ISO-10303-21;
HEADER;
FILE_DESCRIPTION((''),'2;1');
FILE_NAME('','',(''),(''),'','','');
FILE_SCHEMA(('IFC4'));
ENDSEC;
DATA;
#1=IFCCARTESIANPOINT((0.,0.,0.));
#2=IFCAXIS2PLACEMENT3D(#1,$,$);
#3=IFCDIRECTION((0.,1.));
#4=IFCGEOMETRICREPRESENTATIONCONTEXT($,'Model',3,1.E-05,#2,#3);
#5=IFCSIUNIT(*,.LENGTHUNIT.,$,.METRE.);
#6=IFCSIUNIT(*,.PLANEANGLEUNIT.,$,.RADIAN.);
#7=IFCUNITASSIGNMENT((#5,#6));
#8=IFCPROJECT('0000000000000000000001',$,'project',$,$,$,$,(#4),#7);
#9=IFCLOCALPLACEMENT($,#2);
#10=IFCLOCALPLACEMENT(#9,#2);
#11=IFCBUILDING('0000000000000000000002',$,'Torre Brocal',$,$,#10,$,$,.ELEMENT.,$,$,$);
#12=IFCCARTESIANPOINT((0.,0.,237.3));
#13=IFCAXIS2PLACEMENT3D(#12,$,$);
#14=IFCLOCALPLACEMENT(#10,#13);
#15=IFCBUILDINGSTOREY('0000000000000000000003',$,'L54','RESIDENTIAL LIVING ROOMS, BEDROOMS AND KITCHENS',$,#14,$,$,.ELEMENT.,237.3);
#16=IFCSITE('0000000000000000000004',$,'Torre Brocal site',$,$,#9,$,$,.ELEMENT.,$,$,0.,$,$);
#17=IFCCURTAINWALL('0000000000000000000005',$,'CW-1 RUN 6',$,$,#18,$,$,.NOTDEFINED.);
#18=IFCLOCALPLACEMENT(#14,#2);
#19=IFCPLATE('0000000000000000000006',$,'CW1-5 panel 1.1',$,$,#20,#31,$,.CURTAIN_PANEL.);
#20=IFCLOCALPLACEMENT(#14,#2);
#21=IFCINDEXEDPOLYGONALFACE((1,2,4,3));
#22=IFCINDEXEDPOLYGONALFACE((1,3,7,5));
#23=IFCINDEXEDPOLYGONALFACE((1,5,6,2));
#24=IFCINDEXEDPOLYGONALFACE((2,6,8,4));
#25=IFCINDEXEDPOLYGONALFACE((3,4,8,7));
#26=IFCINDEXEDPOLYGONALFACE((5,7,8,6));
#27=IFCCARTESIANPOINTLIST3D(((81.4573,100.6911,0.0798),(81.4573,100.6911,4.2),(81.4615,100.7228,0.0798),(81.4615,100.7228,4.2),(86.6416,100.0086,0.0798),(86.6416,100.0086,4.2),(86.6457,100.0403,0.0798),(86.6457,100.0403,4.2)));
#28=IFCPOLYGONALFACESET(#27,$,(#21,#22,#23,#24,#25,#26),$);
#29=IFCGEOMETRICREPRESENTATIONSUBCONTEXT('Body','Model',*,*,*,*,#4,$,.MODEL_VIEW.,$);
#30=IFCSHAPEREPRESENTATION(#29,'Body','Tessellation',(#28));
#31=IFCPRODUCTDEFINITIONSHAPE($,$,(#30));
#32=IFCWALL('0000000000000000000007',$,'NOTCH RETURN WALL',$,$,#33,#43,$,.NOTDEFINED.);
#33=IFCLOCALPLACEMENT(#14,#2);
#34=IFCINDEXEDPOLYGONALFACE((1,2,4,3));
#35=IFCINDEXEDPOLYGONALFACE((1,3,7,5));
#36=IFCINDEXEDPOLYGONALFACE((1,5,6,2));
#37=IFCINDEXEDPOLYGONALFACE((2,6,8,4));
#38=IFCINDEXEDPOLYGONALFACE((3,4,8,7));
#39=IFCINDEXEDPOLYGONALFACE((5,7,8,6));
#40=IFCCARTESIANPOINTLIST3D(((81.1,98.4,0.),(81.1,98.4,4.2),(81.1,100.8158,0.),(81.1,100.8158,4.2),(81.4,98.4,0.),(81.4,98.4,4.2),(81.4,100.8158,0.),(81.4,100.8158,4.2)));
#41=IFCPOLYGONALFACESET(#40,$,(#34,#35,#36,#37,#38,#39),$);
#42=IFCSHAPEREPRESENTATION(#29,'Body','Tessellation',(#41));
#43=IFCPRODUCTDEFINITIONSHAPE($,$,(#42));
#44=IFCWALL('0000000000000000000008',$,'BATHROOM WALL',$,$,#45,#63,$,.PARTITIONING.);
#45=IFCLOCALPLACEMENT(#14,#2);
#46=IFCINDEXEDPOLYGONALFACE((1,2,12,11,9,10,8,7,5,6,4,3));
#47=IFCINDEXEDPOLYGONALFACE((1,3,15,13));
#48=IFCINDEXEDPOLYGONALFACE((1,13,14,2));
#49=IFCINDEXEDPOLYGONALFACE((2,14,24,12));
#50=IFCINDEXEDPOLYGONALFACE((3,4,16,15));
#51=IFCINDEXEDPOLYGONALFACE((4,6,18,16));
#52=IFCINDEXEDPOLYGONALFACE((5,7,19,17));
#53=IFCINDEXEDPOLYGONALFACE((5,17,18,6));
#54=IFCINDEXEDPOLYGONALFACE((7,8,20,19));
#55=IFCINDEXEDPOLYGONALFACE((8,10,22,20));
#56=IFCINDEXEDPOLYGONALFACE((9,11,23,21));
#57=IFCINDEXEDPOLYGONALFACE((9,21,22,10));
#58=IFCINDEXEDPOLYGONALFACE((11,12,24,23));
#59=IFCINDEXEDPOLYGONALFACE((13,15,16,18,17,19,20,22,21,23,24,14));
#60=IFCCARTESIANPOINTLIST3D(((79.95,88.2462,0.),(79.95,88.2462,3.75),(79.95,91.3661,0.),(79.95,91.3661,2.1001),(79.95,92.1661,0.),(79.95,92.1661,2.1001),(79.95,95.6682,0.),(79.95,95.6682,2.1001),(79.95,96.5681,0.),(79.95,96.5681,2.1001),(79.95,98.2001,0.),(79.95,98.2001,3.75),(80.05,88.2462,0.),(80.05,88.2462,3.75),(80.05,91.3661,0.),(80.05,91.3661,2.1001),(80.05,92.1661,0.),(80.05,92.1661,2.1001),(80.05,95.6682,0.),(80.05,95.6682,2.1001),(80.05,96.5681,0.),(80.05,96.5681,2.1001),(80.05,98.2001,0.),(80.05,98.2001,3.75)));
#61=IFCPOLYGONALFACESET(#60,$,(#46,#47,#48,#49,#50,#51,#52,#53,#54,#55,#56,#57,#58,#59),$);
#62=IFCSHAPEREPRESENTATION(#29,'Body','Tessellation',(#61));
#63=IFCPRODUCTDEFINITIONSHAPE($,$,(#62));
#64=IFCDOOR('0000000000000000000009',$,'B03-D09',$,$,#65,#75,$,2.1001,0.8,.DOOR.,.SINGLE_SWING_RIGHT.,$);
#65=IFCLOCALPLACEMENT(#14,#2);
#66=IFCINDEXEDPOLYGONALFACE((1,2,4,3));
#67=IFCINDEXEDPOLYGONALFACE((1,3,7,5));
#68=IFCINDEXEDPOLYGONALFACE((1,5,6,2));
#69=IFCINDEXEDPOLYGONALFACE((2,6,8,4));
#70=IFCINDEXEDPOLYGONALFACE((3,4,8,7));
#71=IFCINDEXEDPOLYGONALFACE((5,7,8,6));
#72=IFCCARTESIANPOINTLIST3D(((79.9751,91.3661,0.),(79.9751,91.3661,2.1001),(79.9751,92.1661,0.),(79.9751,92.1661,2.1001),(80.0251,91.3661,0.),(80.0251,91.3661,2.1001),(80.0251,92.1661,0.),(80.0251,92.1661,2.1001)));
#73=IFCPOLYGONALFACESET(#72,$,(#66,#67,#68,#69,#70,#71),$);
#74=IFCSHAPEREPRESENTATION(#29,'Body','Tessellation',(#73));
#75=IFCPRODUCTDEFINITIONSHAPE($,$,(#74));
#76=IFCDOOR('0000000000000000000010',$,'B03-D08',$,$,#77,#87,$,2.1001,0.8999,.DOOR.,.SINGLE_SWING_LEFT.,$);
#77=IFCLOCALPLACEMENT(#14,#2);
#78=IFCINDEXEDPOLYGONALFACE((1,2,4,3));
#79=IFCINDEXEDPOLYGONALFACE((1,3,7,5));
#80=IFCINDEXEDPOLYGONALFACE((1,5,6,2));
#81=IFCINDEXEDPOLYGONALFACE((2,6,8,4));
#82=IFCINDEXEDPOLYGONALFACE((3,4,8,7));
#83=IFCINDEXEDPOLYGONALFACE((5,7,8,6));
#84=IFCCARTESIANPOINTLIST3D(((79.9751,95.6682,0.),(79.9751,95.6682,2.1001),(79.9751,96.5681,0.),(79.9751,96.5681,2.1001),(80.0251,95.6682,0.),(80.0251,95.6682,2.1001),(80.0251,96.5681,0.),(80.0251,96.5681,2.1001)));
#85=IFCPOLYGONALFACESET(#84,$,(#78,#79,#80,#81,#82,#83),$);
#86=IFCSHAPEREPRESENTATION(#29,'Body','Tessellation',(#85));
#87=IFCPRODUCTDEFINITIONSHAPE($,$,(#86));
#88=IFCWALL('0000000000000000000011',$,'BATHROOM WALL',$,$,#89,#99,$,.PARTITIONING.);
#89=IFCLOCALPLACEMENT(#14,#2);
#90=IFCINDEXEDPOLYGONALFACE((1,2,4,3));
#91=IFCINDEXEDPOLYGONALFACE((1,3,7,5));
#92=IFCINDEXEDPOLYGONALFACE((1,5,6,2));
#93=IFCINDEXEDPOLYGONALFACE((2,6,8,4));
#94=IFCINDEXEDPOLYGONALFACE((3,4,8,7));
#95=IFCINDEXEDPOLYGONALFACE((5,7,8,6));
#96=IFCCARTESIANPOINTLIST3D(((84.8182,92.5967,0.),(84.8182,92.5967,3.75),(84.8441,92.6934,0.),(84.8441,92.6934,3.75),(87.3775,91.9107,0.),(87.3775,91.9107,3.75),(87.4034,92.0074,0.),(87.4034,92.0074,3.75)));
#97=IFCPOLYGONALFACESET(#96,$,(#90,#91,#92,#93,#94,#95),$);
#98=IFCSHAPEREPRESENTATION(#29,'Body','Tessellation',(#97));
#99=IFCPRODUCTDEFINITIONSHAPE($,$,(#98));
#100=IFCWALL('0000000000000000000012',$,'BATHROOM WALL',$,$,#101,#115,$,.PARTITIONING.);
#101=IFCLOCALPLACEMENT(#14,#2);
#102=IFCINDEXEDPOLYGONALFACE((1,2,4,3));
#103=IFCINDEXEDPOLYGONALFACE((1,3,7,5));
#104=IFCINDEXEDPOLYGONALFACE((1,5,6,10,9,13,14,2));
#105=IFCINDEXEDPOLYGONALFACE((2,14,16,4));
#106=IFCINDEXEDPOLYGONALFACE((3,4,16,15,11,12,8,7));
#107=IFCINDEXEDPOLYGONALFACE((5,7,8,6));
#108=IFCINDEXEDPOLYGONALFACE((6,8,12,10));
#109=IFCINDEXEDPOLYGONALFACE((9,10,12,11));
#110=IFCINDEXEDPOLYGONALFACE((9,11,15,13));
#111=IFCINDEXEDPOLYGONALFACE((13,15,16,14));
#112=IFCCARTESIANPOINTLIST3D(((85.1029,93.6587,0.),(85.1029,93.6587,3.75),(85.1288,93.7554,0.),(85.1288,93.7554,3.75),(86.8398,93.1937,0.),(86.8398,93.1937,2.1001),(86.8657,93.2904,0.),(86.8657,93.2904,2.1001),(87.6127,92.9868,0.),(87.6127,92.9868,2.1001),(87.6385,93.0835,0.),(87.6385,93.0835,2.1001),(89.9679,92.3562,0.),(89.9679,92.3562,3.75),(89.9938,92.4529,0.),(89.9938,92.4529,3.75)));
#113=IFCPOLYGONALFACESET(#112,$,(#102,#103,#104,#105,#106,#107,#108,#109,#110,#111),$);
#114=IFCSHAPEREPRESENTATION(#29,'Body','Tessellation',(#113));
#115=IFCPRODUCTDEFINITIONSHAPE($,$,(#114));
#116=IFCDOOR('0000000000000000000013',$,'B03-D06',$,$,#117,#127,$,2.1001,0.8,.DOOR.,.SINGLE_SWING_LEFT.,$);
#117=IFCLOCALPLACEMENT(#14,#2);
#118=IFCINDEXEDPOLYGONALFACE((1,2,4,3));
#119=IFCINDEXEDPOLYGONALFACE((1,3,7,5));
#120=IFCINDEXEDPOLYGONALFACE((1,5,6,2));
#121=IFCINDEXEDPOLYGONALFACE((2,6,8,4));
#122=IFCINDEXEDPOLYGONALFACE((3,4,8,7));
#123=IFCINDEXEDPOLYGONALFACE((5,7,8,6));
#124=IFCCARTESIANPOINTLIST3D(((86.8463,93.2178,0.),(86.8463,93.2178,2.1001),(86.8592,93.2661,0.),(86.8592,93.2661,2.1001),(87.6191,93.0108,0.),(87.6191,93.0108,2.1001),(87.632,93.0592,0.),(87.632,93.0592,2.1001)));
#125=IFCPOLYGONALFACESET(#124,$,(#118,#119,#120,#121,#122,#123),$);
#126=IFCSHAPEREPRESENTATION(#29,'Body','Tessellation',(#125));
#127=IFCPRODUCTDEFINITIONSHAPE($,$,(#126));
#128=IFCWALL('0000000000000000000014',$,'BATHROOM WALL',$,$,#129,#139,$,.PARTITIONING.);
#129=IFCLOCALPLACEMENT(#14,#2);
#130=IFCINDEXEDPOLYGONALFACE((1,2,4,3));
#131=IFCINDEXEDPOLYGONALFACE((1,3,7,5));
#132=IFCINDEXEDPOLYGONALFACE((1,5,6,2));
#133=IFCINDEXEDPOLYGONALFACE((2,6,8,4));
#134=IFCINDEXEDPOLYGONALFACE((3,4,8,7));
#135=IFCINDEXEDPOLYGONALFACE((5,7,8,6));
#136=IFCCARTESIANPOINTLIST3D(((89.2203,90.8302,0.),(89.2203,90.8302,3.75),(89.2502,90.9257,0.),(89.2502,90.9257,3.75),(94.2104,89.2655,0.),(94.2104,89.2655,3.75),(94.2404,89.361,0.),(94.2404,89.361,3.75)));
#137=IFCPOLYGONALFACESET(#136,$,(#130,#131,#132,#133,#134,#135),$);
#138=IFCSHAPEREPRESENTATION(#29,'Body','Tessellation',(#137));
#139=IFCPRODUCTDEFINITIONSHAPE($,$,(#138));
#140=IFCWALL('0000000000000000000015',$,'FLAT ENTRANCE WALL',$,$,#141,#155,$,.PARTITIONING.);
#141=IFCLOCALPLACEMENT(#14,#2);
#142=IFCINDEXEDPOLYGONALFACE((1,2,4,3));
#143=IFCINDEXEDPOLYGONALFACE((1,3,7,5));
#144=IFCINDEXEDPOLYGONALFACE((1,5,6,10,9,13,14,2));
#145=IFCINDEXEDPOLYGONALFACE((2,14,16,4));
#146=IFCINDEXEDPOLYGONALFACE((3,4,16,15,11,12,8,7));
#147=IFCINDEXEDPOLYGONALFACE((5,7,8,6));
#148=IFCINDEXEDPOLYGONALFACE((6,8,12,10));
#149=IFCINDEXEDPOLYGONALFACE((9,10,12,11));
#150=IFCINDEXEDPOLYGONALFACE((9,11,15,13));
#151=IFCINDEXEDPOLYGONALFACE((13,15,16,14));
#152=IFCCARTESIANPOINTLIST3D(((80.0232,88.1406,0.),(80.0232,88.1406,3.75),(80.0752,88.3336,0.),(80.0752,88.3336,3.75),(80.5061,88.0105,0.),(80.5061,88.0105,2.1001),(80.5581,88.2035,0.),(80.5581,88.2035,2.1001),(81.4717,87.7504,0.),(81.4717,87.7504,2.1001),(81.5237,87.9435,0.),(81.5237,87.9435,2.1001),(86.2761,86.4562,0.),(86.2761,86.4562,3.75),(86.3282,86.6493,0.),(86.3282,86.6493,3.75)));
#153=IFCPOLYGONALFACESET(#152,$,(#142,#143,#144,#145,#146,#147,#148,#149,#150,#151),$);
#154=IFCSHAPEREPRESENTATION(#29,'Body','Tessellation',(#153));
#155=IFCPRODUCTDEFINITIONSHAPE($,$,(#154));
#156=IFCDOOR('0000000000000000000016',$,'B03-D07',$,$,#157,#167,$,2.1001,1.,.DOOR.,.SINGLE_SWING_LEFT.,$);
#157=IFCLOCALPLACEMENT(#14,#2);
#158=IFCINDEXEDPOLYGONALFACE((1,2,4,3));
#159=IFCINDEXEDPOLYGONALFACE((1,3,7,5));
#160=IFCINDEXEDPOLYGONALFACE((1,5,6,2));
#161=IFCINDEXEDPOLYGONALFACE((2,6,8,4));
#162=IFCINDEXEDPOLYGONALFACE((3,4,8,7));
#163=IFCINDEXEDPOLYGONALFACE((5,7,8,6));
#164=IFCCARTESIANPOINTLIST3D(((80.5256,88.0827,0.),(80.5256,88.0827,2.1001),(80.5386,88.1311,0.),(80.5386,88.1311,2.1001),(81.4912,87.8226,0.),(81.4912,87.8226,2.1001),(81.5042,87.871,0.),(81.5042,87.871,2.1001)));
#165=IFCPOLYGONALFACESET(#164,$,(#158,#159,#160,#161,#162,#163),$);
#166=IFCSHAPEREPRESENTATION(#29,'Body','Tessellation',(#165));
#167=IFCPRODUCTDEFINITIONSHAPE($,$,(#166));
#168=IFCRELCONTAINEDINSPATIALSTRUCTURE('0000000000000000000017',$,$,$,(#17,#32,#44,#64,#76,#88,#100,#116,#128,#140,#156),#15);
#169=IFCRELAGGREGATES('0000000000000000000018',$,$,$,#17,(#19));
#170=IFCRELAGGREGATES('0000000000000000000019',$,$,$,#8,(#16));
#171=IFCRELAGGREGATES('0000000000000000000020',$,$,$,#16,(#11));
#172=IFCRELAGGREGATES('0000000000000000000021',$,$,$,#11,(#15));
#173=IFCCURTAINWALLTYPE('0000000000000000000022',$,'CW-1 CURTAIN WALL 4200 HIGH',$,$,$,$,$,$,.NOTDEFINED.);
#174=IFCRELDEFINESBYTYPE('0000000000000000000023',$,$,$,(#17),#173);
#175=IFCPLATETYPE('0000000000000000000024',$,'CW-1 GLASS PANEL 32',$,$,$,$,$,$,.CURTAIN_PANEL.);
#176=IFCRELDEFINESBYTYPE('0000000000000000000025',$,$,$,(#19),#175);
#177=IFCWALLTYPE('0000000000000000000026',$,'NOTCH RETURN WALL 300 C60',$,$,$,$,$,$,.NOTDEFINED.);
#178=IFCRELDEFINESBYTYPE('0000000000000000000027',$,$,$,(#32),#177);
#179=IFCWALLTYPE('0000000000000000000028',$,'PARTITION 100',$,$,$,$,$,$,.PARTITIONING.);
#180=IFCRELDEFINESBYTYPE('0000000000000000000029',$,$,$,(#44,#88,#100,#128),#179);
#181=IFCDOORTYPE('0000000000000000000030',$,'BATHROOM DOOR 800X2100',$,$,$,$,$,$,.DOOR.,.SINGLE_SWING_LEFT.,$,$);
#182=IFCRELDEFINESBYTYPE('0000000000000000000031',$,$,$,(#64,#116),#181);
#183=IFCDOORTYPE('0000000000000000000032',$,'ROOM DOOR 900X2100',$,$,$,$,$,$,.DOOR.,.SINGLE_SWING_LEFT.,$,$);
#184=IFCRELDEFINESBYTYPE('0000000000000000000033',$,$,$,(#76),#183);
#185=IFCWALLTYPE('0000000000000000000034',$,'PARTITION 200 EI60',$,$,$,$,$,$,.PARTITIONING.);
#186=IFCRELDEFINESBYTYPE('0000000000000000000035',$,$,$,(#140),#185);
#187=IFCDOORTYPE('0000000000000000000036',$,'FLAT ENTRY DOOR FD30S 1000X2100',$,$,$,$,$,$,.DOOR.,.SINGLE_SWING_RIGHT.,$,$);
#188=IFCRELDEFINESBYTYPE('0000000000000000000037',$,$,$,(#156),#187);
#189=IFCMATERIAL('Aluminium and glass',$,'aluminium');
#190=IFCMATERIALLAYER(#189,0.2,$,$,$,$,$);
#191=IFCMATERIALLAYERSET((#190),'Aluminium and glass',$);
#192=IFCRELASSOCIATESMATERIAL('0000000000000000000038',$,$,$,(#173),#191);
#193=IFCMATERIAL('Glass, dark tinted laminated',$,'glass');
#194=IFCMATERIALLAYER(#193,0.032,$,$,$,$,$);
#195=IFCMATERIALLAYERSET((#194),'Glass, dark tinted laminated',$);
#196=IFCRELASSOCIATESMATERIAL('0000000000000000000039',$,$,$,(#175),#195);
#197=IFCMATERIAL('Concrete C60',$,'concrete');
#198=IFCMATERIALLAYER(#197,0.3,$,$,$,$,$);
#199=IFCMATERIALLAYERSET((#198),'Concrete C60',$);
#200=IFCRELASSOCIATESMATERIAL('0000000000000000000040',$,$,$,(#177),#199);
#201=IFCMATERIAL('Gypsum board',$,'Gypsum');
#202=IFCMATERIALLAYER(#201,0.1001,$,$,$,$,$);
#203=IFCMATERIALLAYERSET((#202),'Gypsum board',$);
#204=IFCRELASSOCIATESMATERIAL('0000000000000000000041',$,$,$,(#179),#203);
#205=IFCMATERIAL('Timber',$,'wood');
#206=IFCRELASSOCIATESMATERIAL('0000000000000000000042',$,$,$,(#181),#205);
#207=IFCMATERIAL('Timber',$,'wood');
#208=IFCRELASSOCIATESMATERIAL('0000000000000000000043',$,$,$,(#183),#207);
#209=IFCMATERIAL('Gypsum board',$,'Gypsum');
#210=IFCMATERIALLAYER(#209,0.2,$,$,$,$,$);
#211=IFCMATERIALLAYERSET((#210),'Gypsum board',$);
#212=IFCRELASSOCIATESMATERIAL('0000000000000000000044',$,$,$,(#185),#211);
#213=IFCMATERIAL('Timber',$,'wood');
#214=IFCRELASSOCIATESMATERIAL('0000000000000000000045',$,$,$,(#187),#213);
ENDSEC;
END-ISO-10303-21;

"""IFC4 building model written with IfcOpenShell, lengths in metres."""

from ifc_helpers import new_model, si_unit, direction, frame, frame_2d, origin, origin_2d, place, context, subcontext, project, spatial, rectangle, extrude, material, layer, layer_set, type_object, element, fill, aggregate, save


model = new_model("IFC4")

# Units and contexts
model_context = context("Model", 3, precision=1e-05, world=origin(), true_north=direction((0.0, 1.0)))
body_context = subcontext(model_context, "Body", "Model", "MODEL_VIEW")
ifc_project = project(units=[si_unit("LENGTHUNIT", "METRE"), si_unit("PLANEANGLEUNIT", "RADIAN")], contexts=[model_context])

# Site, building, storey
site_placement = place(None, origin())
site = spatial("IfcSite", under=ifc_project, at=site_placement, Name="Torre Brocal site", CompositionType="ELEMENT", RefElevation=0.0)
building_placement = place(site_placement, origin())
building = spatial("IfcBuilding", under=site, at=building_placement, Name="Torre Brocal", CompositionType="ELEMENT")
storey_placement = place(building_placement, frame((0.0, 0.0, 237.3)))
storey = spatial("IfcBuildingStorey", under=building, at=storey_placement, Name="L54", Description="RESIDENTIAL LIVING ROOMS, BEDROOMS AND KITCHENS", CompositionType="ELEMENT", Elevation=237.3)

# Shared definitions
ifc_material_1 = material(Name="Aluminium and glass", Category="aluminium")
ifc_layer_1 = layer(ifc_material_1, 0.2)
ifc_layer_set_1 = layer_set([ifc_layer_1], Name="Aluminium and glass")
curtain_wall_type = type_object("IfcCurtainWallType", Name="CW-1 CURTAIN WALL 4200 HIGH", PredefinedType="NOTDEFINED", material=ifc_layer_set_1)

# Curtain wall
curtain_wall_1_placement = place(storey_placement, origin())
curtain_wall_1 = element("IfcCurtainWall", 1, at=curtain_wall_1_placement, inside=storey, type_object=curtain_wall_type, Name="CW-1 RUN 6", PredefinedType="NOTDEFINED")

# Plate
ifc_material_2 = material(Name="Glass, dark tinted laminated", Category="glass")
ifc_layer_2 = layer(ifc_material_2, 0.032)
ifc_layer_set_2 = layer_set([ifc_layer_2], Name="Glass, dark tinted laminated")
plate_type = type_object("IfcPlateType", Name="CW-1 GLASS PANEL 32", PredefinedType="CURTAIN_PANEL", material=ifc_layer_set_2)
plate_1_placement = place(storey_placement, frame((84.0515, 100.3657, 0.0798), z_axis=(0.0, 0.0, 1.0), x_axis=(-0.991445, 0.130526, 0.0)))
plate_1 = element("IfcPlate", 2, at=plate_1_placement, type_object=plate_type, Name="CW1-5 panel 1.1", PredefinedType="CURTAIN_PANEL", context=body_context, shape_type="SweptSolid", body=[
    extrude(rectangle(XDim=5.229, YDim=0.032, at=origin_2d()), origin(), (0.0, 0.0, 1.0), 4.1201),
])
aggregate(curtain_wall_1, [plate_1])

# Wall
ifc_material_3 = material(Name="Concrete C60", Category="concrete")
ifc_layer_3 = layer(ifc_material_3, 0.3)
ifc_layer_set_3 = layer_set([ifc_layer_3], Name="Concrete C60")
wall_type_1 = type_object("IfcWallType", Name="NOTCH RETURN WALL 300 C60", PredefinedType="NOTDEFINED", material=ifc_layer_set_3)
wall_1_placement = place(storey_placement, frame((81.25, 98.3999, 0.0), z_axis=(0.0, 0.0, 1.0), x_axis=(0.0, 1.0, 0.0)))
element("IfcWall", 3, at=wall_1_placement, inside=storey, type_object=wall_type_1, Name="NOTCH RETURN WALL", PredefinedType="NOTDEFINED", context=body_context, shape_type="SweptSolid", body=[
    extrude(rectangle(XDim=2.4158, YDim=0.3, at=frame_2d((1.208, 0.0))), origin(), (0.0, 0.0, 1.0), 4.2),
])

# Wall, openings, doors
ifc_material_4 = material(Name="Gypsum board", Category="Gypsum")
ifc_layer_4 = layer(ifc_material_4, 0.1001)
ifc_layer_set_4 = layer_set([ifc_layer_4], Name="Gypsum board")
wall_type_2 = type_object("IfcWallType", Name="PARTITION 100", PredefinedType="PARTITIONING", material=ifc_layer_set_4)
wall_2_placement = place(storey_placement, frame((80.0, 88.2461, 0.0), z_axis=(0.0, 0.0, 1.0), x_axis=(0.0, 1.0, 0.0)))
wall_2 = element("IfcWall", 4, at=wall_2_placement, inside=storey, type_object=wall_type_2, Name="BATHROOM WALL", PredefinedType="PARTITIONING", context=body_context, shape_type="SweptSolid", body=[
    extrude(rectangle(XDim=9.9539, YDim=0.1001, at=frame_2d((4.9771, 0.0))), origin(), (0.0, 0.0, 1.0), 3.75),
])
opening_1_placement = place(wall_2_placement, frame((7.4221, 0.0, 0.0)))
opening_1 = element("IfcOpeningElement", 5, at=opening_1_placement, cuts=wall_2, PredefinedType="OPENING", context=body_context, shape_type="SweptSolid", body=[
    extrude(rectangle(XDim=0.8999, YDim=2.1001, at=frame_2d((0.45, 1.05))), frame((0.0, 0.0601, 0.0), z_axis=(0.0, -1.0, 0.0), x_axis=(1.0, 0.0, 0.0)), (0.0, 0.0, 1.0), 0.1201),
])
opening_2_placement = place(wall_2_placement, frame((3.1201, 0.0, 0.0)))
opening_2 = element("IfcOpeningElement", 6, at=opening_2_placement, cuts=wall_2, PredefinedType="OPENING", context=body_context, shape_type="SweptSolid", body=[
    extrude(rectangle(XDim=0.8, YDim=2.1001, at=frame_2d((0.3999, 1.05))), frame((0.0, 0.0601, 0.0), z_axis=(0.0, -1.0, 0.0), x_axis=(1.0, 0.0, 0.0)), (0.0, 0.0, 1.0), 0.1201),
])
ifc_material_5 = material(Name="Timber", Category="wood")
door_type_1 = type_object("IfcDoorType", Name="BATHROOM DOOR 800X2100", OperationType="SINGLE_SWING_LEFT", PredefinedType="DOOR", material=ifc_material_5)
door_1_placement = place(opening_2_placement, origin())
door_1 = element("IfcDoor", 7, at=door_1_placement, inside=storey, type_object=door_type_1, Name="B03-D09", OperationType="SINGLE_SWING_RIGHT", OverallHeight=2.1001, OverallWidth=0.8, PredefinedType="DOOR", context=body_context, shape_type="SweptSolid", body=[
    extrude(rectangle(XDim=0.8, YDim=2.1001, at=frame_2d((0.3999, 1.05))), frame((0.0, 0.0249, 0.0), z_axis=(0.0, -1.0, 0.0), x_axis=(1.0, 0.0, 0.0)), (0.0, 0.0, 1.0), 0.05),
])
fill(opening_2, door_1)
ifc_material_6 = material(Name="Timber", Category="wood")
door_type_2 = type_object("IfcDoorType", Name="ROOM DOOR 900X2100", OperationType="SINGLE_SWING_LEFT", PredefinedType="DOOR", material=ifc_material_6)
door_2_placement = place(opening_1_placement, origin())
door_2 = element("IfcDoor", 8, at=door_2_placement, inside=storey, type_object=door_type_2, Name="B03-D08", OperationType="SINGLE_SWING_LEFT", OverallHeight=2.1001, OverallWidth=0.8999, PredefinedType="DOOR", context=body_context, shape_type="SweptSolid", body=[
    extrude(rectangle(XDim=0.8999, YDim=2.1001, at=frame_2d((0.45, 1.05))), frame((0.0, 0.0249, 0.0), z_axis=(0.0, -1.0, 0.0), x_axis=(1.0, 0.0, 0.0)), (0.0, 0.0, 1.0), 0.05),
])
fill(opening_1, door_2)

# Wall
wall_3_placement = place(storey_placement, frame((84.8313, 92.645, 0.0), z_axis=(0.0, 0.0, 1.0), x_axis=(0.965901, -0.258913, 0.0)))
element("IfcWall", 9, at=wall_3_placement, inside=storey, type_object=wall_type_2, Name="BATHROOM WALL", PredefinedType="PARTITIONING", context=body_context, shape_type="SweptSolid", body=[
    extrude(rectangle(XDim=2.6497, YDim=0.1001, at=frame_2d((1.3247, 0.0))), origin(), (0.0, 0.0, 1.0), 3.75),
])

# Wall, opening, door
wall_4_placement = place(storey_placement, frame((85.116, 93.707, 0.0), z_axis=(0.0, 0.0, 1.0), x_axis=(0.965979, -0.258619, 0.0)))
wall_4 = element("IfcWall", 10, at=wall_4_placement, inside=storey, type_object=wall_type_2, Name="BATHROOM WALL", PredefinedType="PARTITIONING", context=body_context, shape_type="SweptSolid", body=[
    extrude(rectangle(XDim=5.0364, YDim=0.1001, at=frame_2d((2.5181, 0.0))), origin(), (0.0, 0.0, 1.0), 3.75),
])
opening_3_placement = place(wall_4_placement, frame((1.7981, 0.0, 0.0)))
opening_3 = element("IfcOpeningElement", 11, at=opening_3_placement, cuts=wall_4, PredefinedType="OPENING", context=body_context, shape_type="SweptSolid", body=[
    extrude(rectangle(XDim=0.8, YDim=2.1001, at=frame_2d((0.3999, 1.05))), frame((0.0, 0.0601, 0.0), z_axis=(0.0, -1.0, 0.0), x_axis=(1.0, 0.0, 0.0)), (0.0, 0.0, 1.0), 0.1201),
])
door_3_placement = place(opening_3_placement, origin())
door_3 = element("IfcDoor", 12, at=door_3_placement, inside=storey, type_object=door_type_1, Name="B03-D06", OperationType="SINGLE_SWING_LEFT", OverallHeight=2.1001, OverallWidth=0.8, PredefinedType="DOOR", context=body_context, shape_type="SweptSolid", body=[
    extrude(rectangle(XDim=0.8, YDim=2.1001, at=frame_2d((0.3999, 1.05))), frame((0.0, 0.0249, 0.0), z_axis=(0.0, -1.0, 0.0), x_axis=(1.0, 0.0, 0.0)), (0.0, 0.0, 1.0), 0.05),
])
fill(opening_3, door_3)

# Wall
wall_5_placement = place(storey_placement, frame((89.2354, 90.8779, 0.0), z_axis=(0.0, 0.0, 1.0), x_axis=(0.954194, -0.299189, 0.0)))
element("IfcWall", 13, at=wall_5_placement, inside=storey, type_object=wall_type_2, Name="BATHROOM WALL", PredefinedType="PARTITIONING", context=body_context, shape_type="SweptSolid", body=[
    extrude(rectangle(XDim=5.2297, YDim=0.1001, at=frame_2d((2.6147, 0.0))), origin(), (0.0, 0.0, 1.0), 3.75),
])

# Wall, opening, door
ifc_material_7 = material(Name="Gypsum board", Category="Gypsum")
ifc_layer_5 = layer(ifc_material_7, 0.2)
ifc_layer_set_5 = layer_set([ifc_layer_5], Name="Gypsum board")
wall_type_3 = type_object("IfcWallType", Name="PARTITION 200 EI60", PredefinedType="PARTITIONING", material=ifc_layer_set_5)
wall_6_placement = place(storey_placement, frame((80.0493, 88.2371, 0.0), z_axis=(0.0, 0.0, 1.0), x_axis=(0.965583, -0.260095, 0.0)))
wall_6 = element("IfcWall", 14, at=wall_6_placement, inside=storey, type_object=wall_type_3, Name="FLAT ENTRANCE WALL", PredefinedType="PARTITIONING", context=body_context, shape_type="SweptSolid", body=[
    extrude(rectangle(XDim=6.4758, YDim=0.2, at=frame_2d((3.2378, 0.0))), origin(), (0.0, 0.0, 1.0), 3.75),
])
opening_4_placement = place(wall_6_placement, frame((0.5, 0.0, 0.0)))
opening_4 = element("IfcOpeningElement", 15, at=opening_4_placement, cuts=wall_6, PredefinedType="OPENING", context=body_context, shape_type="SweptSolid", body=[
    extrude(rectangle(XDim=1.0, YDim=2.1001, at=frame_2d((0.5, 1.05))), frame((0.0, 0.1099, 0.0), z_axis=(0.0, -1.0, 0.0), x_axis=(1.0, 0.0, 0.0)), (0.0, 0.0, 1.0), 0.22),
])
ifc_material_8 = material(Name="Timber", Category="wood")
door_type_3 = type_object("IfcDoorType", Name="FLAT ENTRY DOOR FD30S 1000X2100", OperationType="SINGLE_SWING_RIGHT", PredefinedType="DOOR", material=ifc_material_8)
door_4_placement = place(opening_4_placement, origin())
door_4 = element("IfcDoor", 16, at=door_4_placement, inside=storey, type_object=door_type_3, Name="B03-D07", OperationType="SINGLE_SWING_LEFT", OverallHeight=2.1001, OverallWidth=1.0, PredefinedType="DOOR", context=body_context, shape_type="SweptSolid", body=[
    extrude(rectangle(XDim=1.0, YDim=2.1001, at=frame_2d((0.5, 1.05))), frame((0.0, 0.0249, 0.0), z_axis=(0.0, -1.0, 0.0), x_axis=(1.0, 0.0, 0.0)), (0.0, 0.0, 1.0), 0.05),
])
fill(opening_4, door_4)

save(model, "model.ifc")
